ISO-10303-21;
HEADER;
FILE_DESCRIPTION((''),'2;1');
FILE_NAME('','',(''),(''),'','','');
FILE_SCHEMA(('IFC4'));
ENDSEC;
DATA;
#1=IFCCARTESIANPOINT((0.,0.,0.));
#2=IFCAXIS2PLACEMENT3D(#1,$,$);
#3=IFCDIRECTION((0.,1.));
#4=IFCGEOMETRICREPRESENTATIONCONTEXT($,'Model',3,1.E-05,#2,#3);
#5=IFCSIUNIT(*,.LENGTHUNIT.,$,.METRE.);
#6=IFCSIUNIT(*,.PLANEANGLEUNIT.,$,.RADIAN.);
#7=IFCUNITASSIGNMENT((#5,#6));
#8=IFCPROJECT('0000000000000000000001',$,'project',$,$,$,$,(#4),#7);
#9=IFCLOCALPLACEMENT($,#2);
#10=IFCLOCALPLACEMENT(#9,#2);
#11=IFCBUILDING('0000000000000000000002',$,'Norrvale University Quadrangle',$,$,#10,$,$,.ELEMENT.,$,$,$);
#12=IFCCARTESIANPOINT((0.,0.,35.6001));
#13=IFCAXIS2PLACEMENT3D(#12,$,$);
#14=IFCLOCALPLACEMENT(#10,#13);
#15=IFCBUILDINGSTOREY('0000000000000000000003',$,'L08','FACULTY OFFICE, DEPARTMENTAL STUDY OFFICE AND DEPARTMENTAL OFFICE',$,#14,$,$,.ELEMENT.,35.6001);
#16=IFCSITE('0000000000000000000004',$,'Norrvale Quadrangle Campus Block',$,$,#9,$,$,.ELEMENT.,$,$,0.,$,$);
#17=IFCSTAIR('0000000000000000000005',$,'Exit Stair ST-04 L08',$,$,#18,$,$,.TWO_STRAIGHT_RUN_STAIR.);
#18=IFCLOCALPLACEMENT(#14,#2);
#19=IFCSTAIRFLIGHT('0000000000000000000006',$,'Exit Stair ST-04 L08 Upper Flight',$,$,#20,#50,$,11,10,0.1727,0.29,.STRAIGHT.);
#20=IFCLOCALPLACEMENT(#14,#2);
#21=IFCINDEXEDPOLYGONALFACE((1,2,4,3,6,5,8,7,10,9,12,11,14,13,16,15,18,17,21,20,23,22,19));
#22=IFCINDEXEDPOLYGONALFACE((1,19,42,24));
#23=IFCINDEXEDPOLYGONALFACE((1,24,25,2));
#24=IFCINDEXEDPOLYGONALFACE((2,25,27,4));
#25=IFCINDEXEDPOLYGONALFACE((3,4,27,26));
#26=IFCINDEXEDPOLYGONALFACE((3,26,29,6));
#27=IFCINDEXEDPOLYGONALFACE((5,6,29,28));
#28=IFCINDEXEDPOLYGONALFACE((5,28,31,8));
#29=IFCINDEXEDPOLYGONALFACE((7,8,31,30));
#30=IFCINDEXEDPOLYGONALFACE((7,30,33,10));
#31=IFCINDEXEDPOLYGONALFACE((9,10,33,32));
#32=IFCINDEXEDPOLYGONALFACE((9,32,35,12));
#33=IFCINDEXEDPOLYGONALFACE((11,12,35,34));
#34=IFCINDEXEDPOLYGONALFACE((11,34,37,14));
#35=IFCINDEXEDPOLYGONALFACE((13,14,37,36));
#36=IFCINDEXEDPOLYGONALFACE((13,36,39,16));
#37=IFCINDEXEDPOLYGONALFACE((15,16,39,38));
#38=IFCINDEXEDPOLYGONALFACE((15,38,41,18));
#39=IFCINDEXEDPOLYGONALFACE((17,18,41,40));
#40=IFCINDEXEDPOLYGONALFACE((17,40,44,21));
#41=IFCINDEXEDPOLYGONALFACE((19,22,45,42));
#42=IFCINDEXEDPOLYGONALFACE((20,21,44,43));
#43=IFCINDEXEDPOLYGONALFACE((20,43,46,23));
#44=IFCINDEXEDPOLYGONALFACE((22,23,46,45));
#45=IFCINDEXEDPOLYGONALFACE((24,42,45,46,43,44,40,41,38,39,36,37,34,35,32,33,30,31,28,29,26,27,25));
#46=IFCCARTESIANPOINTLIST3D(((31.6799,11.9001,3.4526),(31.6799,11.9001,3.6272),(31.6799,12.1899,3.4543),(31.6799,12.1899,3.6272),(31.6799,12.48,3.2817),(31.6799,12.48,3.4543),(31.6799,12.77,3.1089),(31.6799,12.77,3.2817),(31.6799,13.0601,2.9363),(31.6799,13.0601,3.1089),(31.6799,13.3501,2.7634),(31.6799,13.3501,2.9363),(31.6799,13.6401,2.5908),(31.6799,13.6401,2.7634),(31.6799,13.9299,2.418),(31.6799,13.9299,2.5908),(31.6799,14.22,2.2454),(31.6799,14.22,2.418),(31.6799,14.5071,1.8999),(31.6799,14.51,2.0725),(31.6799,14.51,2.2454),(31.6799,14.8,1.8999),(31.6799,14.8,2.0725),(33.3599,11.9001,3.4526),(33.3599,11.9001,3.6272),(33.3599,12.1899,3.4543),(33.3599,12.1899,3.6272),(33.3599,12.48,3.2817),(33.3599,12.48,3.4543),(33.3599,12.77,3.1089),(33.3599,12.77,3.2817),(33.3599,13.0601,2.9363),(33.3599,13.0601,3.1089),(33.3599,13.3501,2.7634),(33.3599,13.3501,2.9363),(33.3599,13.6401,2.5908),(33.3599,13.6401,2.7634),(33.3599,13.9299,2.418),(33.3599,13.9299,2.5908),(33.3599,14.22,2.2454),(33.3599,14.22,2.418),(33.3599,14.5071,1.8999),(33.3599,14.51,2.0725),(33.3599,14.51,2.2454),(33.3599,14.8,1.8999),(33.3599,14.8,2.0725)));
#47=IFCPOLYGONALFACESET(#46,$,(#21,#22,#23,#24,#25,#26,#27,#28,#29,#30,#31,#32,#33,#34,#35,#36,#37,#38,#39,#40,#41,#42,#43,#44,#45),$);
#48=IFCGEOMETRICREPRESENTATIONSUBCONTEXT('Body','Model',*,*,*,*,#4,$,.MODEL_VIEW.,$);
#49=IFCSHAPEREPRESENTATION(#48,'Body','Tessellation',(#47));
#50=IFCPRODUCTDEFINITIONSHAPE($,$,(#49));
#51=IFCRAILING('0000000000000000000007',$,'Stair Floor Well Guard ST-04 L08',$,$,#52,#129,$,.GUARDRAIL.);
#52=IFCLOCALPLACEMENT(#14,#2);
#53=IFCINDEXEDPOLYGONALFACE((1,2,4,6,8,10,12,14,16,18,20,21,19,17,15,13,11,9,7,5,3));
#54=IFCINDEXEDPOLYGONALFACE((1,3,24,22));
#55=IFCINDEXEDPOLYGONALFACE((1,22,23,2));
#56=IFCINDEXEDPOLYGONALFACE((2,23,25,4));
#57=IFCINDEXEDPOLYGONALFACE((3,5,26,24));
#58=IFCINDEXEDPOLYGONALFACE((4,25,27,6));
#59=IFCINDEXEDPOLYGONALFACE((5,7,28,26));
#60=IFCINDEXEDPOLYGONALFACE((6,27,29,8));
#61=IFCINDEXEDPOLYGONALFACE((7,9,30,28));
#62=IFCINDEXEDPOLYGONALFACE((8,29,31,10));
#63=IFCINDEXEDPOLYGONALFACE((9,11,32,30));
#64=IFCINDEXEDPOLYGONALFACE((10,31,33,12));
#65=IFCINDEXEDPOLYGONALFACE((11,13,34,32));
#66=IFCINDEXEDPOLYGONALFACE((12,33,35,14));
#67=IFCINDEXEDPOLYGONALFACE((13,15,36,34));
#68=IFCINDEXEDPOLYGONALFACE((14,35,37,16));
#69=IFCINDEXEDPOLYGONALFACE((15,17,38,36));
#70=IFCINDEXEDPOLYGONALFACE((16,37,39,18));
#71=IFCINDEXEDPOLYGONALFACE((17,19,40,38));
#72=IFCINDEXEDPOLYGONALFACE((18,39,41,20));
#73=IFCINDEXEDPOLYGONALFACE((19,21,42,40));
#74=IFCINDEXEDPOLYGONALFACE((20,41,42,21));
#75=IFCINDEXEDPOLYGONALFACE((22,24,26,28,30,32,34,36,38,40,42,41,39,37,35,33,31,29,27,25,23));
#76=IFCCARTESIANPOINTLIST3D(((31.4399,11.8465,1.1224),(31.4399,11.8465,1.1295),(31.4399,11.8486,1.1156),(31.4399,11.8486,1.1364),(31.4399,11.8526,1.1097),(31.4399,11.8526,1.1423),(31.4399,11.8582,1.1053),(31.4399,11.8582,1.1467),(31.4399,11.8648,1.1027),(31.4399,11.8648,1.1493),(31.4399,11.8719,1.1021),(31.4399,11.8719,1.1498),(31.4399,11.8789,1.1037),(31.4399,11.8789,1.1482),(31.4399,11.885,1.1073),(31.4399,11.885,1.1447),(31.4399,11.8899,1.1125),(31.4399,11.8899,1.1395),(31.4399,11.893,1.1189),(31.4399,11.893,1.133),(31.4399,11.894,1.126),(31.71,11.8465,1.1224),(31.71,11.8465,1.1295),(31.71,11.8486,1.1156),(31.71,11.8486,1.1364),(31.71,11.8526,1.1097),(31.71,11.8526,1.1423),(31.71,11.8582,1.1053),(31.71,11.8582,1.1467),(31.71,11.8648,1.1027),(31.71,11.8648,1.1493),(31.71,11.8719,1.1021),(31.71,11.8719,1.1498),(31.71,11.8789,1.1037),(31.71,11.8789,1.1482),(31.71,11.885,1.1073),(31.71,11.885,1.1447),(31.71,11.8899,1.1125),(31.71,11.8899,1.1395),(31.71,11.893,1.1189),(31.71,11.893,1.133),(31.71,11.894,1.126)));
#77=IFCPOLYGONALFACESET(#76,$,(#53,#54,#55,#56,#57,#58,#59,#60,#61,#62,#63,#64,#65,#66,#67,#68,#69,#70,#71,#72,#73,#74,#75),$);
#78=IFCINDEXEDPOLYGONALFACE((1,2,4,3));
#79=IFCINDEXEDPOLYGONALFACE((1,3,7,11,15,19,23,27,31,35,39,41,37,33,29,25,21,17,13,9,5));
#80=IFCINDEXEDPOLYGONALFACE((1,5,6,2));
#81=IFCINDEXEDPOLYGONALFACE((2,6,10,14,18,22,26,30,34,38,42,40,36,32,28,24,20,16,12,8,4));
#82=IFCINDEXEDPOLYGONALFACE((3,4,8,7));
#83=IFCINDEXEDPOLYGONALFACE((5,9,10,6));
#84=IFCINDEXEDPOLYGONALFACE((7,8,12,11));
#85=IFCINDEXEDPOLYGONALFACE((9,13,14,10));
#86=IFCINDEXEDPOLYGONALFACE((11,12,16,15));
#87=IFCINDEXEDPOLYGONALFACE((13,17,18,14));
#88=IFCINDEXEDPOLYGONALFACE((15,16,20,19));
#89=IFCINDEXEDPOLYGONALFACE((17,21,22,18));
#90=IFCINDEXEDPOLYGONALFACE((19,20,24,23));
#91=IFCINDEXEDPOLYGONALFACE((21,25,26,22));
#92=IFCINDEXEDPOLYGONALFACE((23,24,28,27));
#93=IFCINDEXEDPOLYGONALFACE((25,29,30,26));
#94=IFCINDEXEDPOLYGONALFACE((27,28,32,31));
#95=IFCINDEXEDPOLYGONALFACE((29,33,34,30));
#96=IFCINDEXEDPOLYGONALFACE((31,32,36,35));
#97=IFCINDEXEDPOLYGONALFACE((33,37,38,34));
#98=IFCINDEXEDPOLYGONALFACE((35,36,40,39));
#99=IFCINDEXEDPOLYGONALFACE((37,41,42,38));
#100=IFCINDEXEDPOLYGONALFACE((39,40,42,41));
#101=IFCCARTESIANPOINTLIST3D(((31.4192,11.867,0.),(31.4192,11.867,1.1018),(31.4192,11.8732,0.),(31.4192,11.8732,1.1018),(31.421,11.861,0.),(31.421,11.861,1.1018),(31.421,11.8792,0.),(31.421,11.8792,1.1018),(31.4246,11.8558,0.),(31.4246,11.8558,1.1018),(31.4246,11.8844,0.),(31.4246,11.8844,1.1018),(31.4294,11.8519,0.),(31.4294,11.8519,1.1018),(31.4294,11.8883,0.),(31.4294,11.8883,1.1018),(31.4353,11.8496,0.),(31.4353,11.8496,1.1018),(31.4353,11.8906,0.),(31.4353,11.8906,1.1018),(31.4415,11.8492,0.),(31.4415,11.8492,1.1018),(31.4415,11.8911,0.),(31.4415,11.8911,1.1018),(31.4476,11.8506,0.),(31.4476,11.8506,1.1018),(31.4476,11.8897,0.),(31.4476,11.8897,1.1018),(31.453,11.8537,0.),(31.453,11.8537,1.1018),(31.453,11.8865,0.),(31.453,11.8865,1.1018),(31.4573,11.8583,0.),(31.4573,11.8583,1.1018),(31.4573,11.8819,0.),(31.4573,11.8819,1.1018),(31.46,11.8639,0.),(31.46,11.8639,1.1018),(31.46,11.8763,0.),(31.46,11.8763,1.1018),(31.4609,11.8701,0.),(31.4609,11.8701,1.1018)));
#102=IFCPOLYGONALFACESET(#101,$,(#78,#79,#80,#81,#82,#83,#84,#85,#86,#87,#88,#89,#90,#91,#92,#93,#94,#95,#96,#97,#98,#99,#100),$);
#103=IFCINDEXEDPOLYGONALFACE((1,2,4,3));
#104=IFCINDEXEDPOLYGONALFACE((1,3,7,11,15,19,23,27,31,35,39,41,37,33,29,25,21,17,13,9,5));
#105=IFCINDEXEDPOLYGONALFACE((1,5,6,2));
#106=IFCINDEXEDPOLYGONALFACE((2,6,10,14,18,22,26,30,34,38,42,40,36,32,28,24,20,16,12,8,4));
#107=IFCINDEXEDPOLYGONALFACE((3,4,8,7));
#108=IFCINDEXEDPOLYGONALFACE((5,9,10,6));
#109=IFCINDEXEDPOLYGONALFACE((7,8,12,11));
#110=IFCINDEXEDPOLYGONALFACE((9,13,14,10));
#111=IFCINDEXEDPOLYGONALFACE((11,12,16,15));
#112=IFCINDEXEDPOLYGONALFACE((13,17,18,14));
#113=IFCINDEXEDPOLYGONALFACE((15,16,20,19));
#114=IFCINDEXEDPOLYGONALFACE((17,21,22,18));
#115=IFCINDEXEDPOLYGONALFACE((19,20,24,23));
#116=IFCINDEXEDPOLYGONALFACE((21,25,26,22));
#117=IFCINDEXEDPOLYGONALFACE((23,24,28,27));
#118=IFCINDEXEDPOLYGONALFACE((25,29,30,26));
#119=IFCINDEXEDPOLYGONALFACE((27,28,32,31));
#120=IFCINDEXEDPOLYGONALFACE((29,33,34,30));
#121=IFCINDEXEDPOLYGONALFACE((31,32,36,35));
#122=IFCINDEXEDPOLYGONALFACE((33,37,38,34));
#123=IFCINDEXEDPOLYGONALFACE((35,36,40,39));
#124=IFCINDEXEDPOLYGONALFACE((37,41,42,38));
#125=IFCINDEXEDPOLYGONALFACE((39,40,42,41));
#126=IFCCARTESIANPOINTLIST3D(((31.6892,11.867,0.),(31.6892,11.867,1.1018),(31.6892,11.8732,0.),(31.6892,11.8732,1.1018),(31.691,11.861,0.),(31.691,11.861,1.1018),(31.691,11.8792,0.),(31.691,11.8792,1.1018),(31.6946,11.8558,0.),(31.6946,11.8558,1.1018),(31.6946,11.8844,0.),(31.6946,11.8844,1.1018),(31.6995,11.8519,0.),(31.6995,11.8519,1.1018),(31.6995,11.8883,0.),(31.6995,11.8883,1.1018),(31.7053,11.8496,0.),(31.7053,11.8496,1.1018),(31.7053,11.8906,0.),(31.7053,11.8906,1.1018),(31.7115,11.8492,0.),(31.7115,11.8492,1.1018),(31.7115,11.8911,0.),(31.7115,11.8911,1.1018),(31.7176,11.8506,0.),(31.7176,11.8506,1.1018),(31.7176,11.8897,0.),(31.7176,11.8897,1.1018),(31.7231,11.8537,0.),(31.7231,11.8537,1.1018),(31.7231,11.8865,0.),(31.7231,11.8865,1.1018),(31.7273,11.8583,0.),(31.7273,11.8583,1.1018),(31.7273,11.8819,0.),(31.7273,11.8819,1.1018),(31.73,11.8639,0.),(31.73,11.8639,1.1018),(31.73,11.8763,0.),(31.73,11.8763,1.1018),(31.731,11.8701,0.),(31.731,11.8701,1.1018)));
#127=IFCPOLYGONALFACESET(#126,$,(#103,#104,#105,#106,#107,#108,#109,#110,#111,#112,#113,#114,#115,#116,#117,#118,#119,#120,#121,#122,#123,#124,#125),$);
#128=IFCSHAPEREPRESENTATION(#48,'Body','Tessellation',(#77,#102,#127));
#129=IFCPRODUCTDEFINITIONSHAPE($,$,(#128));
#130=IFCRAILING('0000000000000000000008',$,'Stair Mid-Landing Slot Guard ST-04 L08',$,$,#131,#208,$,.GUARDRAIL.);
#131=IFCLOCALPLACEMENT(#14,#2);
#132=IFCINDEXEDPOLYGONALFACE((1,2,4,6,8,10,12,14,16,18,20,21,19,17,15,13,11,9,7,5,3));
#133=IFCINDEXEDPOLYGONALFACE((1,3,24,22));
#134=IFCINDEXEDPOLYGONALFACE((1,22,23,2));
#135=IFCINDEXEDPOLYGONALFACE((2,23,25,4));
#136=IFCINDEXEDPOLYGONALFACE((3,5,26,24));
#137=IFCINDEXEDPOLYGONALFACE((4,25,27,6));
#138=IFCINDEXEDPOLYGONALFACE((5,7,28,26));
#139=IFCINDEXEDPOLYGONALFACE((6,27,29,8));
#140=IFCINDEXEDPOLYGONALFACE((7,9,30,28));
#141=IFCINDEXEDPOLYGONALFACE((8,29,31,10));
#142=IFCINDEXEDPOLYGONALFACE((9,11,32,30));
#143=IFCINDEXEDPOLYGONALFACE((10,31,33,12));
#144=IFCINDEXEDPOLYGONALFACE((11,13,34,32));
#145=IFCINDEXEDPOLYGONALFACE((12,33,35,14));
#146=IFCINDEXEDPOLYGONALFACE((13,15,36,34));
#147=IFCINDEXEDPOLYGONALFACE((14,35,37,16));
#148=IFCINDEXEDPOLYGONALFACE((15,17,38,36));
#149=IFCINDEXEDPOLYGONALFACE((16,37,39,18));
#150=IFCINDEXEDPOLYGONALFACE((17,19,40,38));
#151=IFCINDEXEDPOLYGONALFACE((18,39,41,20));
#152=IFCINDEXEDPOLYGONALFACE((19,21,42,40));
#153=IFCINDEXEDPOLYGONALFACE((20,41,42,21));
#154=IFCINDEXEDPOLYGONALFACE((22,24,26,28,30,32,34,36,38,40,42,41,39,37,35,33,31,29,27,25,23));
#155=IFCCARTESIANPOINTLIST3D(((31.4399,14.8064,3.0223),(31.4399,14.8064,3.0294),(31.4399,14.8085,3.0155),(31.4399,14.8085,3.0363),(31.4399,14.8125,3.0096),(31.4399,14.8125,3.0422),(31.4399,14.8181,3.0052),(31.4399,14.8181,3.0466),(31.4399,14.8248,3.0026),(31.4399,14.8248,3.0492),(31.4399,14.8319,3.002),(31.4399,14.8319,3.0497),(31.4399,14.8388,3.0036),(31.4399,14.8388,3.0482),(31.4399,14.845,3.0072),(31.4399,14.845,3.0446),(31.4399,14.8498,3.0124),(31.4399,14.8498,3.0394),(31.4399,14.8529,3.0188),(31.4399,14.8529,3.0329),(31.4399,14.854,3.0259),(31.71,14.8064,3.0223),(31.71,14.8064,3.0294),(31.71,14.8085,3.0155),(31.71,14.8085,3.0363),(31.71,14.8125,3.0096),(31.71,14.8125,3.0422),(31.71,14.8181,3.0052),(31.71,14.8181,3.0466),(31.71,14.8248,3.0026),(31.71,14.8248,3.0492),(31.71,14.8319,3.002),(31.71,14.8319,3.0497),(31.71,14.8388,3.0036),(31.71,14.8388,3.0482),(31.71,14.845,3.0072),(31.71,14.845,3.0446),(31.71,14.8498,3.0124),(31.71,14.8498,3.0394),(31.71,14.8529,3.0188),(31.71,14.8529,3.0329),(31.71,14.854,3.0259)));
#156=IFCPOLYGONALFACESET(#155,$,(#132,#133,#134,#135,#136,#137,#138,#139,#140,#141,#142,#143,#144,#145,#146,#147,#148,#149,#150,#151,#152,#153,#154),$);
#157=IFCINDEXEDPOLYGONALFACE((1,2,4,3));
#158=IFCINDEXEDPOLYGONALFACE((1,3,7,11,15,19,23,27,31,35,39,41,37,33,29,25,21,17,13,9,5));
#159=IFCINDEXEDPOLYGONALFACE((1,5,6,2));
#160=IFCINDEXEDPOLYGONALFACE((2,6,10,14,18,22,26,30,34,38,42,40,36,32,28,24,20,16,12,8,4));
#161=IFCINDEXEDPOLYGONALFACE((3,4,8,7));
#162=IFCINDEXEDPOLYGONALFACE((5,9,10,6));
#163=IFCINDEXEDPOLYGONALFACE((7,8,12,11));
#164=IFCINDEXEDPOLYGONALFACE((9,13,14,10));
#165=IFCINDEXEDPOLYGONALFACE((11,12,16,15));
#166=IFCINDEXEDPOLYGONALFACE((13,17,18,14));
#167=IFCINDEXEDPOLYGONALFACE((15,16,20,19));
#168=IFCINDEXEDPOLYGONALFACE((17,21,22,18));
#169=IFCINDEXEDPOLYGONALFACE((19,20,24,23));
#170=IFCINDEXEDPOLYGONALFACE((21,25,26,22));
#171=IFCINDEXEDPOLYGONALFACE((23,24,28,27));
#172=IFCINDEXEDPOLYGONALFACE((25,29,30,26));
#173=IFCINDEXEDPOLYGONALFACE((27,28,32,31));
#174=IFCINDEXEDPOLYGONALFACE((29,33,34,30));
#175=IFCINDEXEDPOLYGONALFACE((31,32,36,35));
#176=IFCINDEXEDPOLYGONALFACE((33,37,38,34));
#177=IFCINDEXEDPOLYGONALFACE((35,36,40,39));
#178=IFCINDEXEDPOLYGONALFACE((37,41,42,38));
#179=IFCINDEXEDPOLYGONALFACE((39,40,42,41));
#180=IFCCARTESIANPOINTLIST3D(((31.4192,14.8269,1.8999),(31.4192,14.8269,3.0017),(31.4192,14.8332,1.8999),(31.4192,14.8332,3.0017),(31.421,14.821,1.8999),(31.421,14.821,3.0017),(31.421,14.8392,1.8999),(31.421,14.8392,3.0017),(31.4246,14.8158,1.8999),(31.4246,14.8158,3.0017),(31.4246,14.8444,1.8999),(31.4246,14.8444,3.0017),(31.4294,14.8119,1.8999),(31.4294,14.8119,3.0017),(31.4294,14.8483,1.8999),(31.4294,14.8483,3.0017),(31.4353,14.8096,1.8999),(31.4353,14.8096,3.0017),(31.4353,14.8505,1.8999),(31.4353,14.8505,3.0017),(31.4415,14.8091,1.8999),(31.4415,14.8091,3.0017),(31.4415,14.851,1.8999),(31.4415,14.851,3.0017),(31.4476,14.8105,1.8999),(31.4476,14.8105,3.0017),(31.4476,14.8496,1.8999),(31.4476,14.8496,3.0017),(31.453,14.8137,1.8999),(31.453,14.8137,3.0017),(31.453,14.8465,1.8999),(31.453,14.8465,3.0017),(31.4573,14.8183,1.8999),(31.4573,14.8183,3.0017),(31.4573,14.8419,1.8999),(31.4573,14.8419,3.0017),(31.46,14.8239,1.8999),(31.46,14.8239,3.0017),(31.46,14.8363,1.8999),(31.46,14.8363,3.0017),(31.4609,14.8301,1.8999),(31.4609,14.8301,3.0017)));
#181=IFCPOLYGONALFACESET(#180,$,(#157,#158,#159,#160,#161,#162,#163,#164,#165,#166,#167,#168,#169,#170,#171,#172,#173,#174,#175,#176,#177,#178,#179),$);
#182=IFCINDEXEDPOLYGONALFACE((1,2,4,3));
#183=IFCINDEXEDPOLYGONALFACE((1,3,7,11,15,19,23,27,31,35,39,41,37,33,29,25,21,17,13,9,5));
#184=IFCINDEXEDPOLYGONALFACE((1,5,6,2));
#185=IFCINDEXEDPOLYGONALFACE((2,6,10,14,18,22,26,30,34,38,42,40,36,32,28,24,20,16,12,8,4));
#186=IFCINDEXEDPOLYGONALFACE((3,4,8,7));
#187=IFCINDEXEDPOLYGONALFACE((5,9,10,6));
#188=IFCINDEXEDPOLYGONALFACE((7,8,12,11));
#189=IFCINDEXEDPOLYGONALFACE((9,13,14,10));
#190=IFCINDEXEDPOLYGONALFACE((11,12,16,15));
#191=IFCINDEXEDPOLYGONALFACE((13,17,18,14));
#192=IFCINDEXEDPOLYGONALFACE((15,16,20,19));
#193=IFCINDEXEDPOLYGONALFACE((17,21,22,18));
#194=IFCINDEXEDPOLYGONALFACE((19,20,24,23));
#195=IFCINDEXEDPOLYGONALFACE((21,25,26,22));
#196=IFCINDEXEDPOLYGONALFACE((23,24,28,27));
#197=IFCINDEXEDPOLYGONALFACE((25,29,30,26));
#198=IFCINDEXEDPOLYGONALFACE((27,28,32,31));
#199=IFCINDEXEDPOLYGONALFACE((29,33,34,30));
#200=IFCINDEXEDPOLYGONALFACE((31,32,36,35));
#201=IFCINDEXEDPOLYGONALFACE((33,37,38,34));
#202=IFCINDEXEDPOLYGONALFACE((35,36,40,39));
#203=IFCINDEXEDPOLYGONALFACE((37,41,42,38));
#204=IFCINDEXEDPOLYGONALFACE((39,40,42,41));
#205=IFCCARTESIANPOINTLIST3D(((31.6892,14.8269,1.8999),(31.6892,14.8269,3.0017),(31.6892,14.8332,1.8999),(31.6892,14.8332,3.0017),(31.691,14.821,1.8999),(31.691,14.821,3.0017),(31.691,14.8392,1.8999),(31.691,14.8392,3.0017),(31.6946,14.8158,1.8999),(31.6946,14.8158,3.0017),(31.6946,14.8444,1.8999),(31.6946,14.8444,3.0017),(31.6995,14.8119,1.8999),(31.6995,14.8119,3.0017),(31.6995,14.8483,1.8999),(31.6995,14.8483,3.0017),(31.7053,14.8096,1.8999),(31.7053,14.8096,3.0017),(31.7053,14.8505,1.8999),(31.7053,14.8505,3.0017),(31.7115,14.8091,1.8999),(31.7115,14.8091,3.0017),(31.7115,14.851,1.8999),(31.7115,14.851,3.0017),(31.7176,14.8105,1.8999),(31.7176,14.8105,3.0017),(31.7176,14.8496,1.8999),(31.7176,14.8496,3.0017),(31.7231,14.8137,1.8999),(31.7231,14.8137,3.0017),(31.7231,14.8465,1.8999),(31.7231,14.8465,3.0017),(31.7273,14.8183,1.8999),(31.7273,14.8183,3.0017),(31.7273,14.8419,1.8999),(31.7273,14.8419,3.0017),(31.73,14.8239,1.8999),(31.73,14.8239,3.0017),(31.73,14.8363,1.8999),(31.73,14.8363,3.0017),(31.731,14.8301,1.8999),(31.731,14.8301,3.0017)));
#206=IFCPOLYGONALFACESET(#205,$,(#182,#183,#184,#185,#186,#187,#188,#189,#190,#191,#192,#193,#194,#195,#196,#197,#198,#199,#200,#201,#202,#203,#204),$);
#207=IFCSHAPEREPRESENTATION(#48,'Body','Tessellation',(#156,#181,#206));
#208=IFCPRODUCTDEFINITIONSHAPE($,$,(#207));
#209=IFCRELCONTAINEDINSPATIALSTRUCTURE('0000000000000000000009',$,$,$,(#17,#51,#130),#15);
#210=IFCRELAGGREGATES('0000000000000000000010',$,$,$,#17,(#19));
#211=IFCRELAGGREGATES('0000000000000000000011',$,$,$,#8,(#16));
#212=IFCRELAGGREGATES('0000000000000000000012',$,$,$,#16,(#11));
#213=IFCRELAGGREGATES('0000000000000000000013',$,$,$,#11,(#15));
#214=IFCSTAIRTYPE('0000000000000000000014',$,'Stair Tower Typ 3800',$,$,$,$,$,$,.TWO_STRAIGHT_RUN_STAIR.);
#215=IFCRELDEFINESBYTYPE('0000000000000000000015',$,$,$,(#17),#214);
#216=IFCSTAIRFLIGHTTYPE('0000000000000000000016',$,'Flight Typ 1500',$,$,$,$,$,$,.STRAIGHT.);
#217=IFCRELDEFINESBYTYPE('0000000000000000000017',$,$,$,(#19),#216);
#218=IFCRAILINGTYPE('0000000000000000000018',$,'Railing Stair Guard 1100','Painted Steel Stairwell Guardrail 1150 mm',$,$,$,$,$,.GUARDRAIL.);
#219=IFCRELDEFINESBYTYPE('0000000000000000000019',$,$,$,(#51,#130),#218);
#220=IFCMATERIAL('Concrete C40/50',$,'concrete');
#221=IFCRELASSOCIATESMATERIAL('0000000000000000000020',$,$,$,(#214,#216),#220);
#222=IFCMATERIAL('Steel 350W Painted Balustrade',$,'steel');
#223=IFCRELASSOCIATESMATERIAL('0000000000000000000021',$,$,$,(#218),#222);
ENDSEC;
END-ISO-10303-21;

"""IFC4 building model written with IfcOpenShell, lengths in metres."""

from ifc_helpers import new_model, si_unit, direction, frame, origin, origin_2d, place, context, subcontext, project, spatial, polyline, circle, outline, extrude, material, type_object, element, aggregate, save


model = new_model("IFC4")

# Units and contexts
model_context = context("Model", 3, precision=1e-05, world=origin(), true_north=direction((0.0, 1.0)))
body_context = subcontext(model_context, "Body", "Model", "MODEL_VIEW")
ifc_project = project(units=[si_unit("LENGTHUNIT", "METRE"), si_unit("PLANEANGLEUNIT", "RADIAN")], contexts=[model_context])

# Site, building, storey
site_placement = place(None, origin())
site = spatial("IfcSite", under=ifc_project, at=site_placement, Name="Norrvale Quadrangle Campus Block", CompositionType="ELEMENT", RefElevation=0.0)
building_placement = place(site_placement, origin())
building = spatial("IfcBuilding", under=site, at=building_placement, Name="Norrvale University Quadrangle", CompositionType="ELEMENT")
storey_placement = place(building_placement, frame((0.0, 0.0, 35.6001)))
storey = spatial("IfcBuildingStorey", under=building, at=storey_placement, Name="L08", Description="FACULTY OFFICE, DEPARTMENTAL STUDY OFFICE AND DEPARTMENTAL OFFICE", CompositionType="ELEMENT", Elevation=35.6001)

# Stair, stair flight
ifc_material_1 = material(Name="Concrete C40/50", Category="concrete")
stair_type = type_object("IfcStairType", Name="Stair Tower Typ 3800", PredefinedType="TWO_STRAIGHT_RUN_STAIR", material=ifc_material_1)
stair_placement = place(storey_placement, origin())
stair = element("IfcStair", 1, at=stair_placement, inside=storey, type_object=stair_type, Name="Exit Stair ST-04 L08", PredefinedType="TWO_STRAIGHT_RUN_STAIR")
stair_flight_type = type_object("IfcStairFlightType", Name="Flight Typ 1500", PredefinedType="STRAIGHT", material=ifc_material_1)
stair_flight_1_placement = place(storey_placement, frame((32.52, 14.8, 1.8999), z_axis=(0.0, 0.0, 1.0), x_axis=(0.0, -1.0, 0.0)))
stair_flight_1 = element("IfcStairFlight", 2, at=stair_flight_1_placement, type_object=stair_flight_type, Name="Exit Stair ST-04 L08 Upper Flight", NumberOfRisers=11, NumberOfTreads=10, PredefinedType="STRAIGHT", RiserHeight=0.1727, TreadLength=0.29, context=body_context, shape_type="SweptSolid", body=[
    extrude(outline(polyline([(0.0, 0.0), (0.0, 0.1726), (0.29, 0.1726), (0.29, 0.3455), (0.5801, 0.3455), (0.5801, 0.5181), (0.8701, 0.5181), (0.8701, 0.6909), (1.1599, 0.6909), (1.1599, 0.8635), (1.45, 0.8635), (1.45, 1.0364), (1.74, 1.0364), (1.74, 1.209), (2.03, 1.209), (2.03, 1.3818), (2.3201, 1.3818), (2.3201, 1.5544), (2.6101, 1.5544), (2.6101, 1.7273), (2.8999, 1.7273), (2.8999, 1.8999), (2.8999, 1.5527), (0.293, 0.0), (0.0, 0.0)])), frame((0.0, 0.8398, 0.0), z_axis=(0.0, -1.0, 0.0), x_axis=(1.0, 0.0, 0.0)), (0.0, 0.0, 1.0), 1.6799),
])
aggregate(stair, [stair_flight_1])

# Railings
ifc_material_2 = material(Name="Steel 350W Painted Balustrade", Category="steel")
railing_type_1 = type_object("IfcRailingType", Name="Railing Stair Guard 1100", Description="Painted Steel Stairwell Guardrail 1150 mm", PredefinedType="GUARDRAIL", material=ifc_material_2)
for number, where, name in (
    (3, (31.4399, 11.8701, 0.0), "Stair Floor Well Guard ST-04 L08"),
    (4, (31.4399, 14.8301, 1.8999), "Stair Mid-Landing Slot Guard ST-04 L08"),
):
    element("IfcRailing", number, at=place(storey_placement, frame(where)), inside=storey, type_object=railing_type_1, Name=name, PredefinedType="GUARDRAIL", context=body_context, shape_type="SweptSolid", body=[
        extrude(circle(Radius=0.0239, at=origin_2d()), frame((0.0, 0.0, 1.126), z_axis=(1.0, 0.0, 0.0), x_axis=(0.0, 1.0, 0.0)), (0.0, 0.0, 1.0), 0.27),
        extrude(circle(Radius=0.021, at=origin_2d()), origin(), (0.0, 0.0, 1.0), 1.1018),
        extrude(circle(Radius=0.021, at=origin_2d()), frame((0.27, 0.0, 0.0)), (0.0, 0.0, 1.0), 1.1018),
    ])

save(model, "model.ifc")
